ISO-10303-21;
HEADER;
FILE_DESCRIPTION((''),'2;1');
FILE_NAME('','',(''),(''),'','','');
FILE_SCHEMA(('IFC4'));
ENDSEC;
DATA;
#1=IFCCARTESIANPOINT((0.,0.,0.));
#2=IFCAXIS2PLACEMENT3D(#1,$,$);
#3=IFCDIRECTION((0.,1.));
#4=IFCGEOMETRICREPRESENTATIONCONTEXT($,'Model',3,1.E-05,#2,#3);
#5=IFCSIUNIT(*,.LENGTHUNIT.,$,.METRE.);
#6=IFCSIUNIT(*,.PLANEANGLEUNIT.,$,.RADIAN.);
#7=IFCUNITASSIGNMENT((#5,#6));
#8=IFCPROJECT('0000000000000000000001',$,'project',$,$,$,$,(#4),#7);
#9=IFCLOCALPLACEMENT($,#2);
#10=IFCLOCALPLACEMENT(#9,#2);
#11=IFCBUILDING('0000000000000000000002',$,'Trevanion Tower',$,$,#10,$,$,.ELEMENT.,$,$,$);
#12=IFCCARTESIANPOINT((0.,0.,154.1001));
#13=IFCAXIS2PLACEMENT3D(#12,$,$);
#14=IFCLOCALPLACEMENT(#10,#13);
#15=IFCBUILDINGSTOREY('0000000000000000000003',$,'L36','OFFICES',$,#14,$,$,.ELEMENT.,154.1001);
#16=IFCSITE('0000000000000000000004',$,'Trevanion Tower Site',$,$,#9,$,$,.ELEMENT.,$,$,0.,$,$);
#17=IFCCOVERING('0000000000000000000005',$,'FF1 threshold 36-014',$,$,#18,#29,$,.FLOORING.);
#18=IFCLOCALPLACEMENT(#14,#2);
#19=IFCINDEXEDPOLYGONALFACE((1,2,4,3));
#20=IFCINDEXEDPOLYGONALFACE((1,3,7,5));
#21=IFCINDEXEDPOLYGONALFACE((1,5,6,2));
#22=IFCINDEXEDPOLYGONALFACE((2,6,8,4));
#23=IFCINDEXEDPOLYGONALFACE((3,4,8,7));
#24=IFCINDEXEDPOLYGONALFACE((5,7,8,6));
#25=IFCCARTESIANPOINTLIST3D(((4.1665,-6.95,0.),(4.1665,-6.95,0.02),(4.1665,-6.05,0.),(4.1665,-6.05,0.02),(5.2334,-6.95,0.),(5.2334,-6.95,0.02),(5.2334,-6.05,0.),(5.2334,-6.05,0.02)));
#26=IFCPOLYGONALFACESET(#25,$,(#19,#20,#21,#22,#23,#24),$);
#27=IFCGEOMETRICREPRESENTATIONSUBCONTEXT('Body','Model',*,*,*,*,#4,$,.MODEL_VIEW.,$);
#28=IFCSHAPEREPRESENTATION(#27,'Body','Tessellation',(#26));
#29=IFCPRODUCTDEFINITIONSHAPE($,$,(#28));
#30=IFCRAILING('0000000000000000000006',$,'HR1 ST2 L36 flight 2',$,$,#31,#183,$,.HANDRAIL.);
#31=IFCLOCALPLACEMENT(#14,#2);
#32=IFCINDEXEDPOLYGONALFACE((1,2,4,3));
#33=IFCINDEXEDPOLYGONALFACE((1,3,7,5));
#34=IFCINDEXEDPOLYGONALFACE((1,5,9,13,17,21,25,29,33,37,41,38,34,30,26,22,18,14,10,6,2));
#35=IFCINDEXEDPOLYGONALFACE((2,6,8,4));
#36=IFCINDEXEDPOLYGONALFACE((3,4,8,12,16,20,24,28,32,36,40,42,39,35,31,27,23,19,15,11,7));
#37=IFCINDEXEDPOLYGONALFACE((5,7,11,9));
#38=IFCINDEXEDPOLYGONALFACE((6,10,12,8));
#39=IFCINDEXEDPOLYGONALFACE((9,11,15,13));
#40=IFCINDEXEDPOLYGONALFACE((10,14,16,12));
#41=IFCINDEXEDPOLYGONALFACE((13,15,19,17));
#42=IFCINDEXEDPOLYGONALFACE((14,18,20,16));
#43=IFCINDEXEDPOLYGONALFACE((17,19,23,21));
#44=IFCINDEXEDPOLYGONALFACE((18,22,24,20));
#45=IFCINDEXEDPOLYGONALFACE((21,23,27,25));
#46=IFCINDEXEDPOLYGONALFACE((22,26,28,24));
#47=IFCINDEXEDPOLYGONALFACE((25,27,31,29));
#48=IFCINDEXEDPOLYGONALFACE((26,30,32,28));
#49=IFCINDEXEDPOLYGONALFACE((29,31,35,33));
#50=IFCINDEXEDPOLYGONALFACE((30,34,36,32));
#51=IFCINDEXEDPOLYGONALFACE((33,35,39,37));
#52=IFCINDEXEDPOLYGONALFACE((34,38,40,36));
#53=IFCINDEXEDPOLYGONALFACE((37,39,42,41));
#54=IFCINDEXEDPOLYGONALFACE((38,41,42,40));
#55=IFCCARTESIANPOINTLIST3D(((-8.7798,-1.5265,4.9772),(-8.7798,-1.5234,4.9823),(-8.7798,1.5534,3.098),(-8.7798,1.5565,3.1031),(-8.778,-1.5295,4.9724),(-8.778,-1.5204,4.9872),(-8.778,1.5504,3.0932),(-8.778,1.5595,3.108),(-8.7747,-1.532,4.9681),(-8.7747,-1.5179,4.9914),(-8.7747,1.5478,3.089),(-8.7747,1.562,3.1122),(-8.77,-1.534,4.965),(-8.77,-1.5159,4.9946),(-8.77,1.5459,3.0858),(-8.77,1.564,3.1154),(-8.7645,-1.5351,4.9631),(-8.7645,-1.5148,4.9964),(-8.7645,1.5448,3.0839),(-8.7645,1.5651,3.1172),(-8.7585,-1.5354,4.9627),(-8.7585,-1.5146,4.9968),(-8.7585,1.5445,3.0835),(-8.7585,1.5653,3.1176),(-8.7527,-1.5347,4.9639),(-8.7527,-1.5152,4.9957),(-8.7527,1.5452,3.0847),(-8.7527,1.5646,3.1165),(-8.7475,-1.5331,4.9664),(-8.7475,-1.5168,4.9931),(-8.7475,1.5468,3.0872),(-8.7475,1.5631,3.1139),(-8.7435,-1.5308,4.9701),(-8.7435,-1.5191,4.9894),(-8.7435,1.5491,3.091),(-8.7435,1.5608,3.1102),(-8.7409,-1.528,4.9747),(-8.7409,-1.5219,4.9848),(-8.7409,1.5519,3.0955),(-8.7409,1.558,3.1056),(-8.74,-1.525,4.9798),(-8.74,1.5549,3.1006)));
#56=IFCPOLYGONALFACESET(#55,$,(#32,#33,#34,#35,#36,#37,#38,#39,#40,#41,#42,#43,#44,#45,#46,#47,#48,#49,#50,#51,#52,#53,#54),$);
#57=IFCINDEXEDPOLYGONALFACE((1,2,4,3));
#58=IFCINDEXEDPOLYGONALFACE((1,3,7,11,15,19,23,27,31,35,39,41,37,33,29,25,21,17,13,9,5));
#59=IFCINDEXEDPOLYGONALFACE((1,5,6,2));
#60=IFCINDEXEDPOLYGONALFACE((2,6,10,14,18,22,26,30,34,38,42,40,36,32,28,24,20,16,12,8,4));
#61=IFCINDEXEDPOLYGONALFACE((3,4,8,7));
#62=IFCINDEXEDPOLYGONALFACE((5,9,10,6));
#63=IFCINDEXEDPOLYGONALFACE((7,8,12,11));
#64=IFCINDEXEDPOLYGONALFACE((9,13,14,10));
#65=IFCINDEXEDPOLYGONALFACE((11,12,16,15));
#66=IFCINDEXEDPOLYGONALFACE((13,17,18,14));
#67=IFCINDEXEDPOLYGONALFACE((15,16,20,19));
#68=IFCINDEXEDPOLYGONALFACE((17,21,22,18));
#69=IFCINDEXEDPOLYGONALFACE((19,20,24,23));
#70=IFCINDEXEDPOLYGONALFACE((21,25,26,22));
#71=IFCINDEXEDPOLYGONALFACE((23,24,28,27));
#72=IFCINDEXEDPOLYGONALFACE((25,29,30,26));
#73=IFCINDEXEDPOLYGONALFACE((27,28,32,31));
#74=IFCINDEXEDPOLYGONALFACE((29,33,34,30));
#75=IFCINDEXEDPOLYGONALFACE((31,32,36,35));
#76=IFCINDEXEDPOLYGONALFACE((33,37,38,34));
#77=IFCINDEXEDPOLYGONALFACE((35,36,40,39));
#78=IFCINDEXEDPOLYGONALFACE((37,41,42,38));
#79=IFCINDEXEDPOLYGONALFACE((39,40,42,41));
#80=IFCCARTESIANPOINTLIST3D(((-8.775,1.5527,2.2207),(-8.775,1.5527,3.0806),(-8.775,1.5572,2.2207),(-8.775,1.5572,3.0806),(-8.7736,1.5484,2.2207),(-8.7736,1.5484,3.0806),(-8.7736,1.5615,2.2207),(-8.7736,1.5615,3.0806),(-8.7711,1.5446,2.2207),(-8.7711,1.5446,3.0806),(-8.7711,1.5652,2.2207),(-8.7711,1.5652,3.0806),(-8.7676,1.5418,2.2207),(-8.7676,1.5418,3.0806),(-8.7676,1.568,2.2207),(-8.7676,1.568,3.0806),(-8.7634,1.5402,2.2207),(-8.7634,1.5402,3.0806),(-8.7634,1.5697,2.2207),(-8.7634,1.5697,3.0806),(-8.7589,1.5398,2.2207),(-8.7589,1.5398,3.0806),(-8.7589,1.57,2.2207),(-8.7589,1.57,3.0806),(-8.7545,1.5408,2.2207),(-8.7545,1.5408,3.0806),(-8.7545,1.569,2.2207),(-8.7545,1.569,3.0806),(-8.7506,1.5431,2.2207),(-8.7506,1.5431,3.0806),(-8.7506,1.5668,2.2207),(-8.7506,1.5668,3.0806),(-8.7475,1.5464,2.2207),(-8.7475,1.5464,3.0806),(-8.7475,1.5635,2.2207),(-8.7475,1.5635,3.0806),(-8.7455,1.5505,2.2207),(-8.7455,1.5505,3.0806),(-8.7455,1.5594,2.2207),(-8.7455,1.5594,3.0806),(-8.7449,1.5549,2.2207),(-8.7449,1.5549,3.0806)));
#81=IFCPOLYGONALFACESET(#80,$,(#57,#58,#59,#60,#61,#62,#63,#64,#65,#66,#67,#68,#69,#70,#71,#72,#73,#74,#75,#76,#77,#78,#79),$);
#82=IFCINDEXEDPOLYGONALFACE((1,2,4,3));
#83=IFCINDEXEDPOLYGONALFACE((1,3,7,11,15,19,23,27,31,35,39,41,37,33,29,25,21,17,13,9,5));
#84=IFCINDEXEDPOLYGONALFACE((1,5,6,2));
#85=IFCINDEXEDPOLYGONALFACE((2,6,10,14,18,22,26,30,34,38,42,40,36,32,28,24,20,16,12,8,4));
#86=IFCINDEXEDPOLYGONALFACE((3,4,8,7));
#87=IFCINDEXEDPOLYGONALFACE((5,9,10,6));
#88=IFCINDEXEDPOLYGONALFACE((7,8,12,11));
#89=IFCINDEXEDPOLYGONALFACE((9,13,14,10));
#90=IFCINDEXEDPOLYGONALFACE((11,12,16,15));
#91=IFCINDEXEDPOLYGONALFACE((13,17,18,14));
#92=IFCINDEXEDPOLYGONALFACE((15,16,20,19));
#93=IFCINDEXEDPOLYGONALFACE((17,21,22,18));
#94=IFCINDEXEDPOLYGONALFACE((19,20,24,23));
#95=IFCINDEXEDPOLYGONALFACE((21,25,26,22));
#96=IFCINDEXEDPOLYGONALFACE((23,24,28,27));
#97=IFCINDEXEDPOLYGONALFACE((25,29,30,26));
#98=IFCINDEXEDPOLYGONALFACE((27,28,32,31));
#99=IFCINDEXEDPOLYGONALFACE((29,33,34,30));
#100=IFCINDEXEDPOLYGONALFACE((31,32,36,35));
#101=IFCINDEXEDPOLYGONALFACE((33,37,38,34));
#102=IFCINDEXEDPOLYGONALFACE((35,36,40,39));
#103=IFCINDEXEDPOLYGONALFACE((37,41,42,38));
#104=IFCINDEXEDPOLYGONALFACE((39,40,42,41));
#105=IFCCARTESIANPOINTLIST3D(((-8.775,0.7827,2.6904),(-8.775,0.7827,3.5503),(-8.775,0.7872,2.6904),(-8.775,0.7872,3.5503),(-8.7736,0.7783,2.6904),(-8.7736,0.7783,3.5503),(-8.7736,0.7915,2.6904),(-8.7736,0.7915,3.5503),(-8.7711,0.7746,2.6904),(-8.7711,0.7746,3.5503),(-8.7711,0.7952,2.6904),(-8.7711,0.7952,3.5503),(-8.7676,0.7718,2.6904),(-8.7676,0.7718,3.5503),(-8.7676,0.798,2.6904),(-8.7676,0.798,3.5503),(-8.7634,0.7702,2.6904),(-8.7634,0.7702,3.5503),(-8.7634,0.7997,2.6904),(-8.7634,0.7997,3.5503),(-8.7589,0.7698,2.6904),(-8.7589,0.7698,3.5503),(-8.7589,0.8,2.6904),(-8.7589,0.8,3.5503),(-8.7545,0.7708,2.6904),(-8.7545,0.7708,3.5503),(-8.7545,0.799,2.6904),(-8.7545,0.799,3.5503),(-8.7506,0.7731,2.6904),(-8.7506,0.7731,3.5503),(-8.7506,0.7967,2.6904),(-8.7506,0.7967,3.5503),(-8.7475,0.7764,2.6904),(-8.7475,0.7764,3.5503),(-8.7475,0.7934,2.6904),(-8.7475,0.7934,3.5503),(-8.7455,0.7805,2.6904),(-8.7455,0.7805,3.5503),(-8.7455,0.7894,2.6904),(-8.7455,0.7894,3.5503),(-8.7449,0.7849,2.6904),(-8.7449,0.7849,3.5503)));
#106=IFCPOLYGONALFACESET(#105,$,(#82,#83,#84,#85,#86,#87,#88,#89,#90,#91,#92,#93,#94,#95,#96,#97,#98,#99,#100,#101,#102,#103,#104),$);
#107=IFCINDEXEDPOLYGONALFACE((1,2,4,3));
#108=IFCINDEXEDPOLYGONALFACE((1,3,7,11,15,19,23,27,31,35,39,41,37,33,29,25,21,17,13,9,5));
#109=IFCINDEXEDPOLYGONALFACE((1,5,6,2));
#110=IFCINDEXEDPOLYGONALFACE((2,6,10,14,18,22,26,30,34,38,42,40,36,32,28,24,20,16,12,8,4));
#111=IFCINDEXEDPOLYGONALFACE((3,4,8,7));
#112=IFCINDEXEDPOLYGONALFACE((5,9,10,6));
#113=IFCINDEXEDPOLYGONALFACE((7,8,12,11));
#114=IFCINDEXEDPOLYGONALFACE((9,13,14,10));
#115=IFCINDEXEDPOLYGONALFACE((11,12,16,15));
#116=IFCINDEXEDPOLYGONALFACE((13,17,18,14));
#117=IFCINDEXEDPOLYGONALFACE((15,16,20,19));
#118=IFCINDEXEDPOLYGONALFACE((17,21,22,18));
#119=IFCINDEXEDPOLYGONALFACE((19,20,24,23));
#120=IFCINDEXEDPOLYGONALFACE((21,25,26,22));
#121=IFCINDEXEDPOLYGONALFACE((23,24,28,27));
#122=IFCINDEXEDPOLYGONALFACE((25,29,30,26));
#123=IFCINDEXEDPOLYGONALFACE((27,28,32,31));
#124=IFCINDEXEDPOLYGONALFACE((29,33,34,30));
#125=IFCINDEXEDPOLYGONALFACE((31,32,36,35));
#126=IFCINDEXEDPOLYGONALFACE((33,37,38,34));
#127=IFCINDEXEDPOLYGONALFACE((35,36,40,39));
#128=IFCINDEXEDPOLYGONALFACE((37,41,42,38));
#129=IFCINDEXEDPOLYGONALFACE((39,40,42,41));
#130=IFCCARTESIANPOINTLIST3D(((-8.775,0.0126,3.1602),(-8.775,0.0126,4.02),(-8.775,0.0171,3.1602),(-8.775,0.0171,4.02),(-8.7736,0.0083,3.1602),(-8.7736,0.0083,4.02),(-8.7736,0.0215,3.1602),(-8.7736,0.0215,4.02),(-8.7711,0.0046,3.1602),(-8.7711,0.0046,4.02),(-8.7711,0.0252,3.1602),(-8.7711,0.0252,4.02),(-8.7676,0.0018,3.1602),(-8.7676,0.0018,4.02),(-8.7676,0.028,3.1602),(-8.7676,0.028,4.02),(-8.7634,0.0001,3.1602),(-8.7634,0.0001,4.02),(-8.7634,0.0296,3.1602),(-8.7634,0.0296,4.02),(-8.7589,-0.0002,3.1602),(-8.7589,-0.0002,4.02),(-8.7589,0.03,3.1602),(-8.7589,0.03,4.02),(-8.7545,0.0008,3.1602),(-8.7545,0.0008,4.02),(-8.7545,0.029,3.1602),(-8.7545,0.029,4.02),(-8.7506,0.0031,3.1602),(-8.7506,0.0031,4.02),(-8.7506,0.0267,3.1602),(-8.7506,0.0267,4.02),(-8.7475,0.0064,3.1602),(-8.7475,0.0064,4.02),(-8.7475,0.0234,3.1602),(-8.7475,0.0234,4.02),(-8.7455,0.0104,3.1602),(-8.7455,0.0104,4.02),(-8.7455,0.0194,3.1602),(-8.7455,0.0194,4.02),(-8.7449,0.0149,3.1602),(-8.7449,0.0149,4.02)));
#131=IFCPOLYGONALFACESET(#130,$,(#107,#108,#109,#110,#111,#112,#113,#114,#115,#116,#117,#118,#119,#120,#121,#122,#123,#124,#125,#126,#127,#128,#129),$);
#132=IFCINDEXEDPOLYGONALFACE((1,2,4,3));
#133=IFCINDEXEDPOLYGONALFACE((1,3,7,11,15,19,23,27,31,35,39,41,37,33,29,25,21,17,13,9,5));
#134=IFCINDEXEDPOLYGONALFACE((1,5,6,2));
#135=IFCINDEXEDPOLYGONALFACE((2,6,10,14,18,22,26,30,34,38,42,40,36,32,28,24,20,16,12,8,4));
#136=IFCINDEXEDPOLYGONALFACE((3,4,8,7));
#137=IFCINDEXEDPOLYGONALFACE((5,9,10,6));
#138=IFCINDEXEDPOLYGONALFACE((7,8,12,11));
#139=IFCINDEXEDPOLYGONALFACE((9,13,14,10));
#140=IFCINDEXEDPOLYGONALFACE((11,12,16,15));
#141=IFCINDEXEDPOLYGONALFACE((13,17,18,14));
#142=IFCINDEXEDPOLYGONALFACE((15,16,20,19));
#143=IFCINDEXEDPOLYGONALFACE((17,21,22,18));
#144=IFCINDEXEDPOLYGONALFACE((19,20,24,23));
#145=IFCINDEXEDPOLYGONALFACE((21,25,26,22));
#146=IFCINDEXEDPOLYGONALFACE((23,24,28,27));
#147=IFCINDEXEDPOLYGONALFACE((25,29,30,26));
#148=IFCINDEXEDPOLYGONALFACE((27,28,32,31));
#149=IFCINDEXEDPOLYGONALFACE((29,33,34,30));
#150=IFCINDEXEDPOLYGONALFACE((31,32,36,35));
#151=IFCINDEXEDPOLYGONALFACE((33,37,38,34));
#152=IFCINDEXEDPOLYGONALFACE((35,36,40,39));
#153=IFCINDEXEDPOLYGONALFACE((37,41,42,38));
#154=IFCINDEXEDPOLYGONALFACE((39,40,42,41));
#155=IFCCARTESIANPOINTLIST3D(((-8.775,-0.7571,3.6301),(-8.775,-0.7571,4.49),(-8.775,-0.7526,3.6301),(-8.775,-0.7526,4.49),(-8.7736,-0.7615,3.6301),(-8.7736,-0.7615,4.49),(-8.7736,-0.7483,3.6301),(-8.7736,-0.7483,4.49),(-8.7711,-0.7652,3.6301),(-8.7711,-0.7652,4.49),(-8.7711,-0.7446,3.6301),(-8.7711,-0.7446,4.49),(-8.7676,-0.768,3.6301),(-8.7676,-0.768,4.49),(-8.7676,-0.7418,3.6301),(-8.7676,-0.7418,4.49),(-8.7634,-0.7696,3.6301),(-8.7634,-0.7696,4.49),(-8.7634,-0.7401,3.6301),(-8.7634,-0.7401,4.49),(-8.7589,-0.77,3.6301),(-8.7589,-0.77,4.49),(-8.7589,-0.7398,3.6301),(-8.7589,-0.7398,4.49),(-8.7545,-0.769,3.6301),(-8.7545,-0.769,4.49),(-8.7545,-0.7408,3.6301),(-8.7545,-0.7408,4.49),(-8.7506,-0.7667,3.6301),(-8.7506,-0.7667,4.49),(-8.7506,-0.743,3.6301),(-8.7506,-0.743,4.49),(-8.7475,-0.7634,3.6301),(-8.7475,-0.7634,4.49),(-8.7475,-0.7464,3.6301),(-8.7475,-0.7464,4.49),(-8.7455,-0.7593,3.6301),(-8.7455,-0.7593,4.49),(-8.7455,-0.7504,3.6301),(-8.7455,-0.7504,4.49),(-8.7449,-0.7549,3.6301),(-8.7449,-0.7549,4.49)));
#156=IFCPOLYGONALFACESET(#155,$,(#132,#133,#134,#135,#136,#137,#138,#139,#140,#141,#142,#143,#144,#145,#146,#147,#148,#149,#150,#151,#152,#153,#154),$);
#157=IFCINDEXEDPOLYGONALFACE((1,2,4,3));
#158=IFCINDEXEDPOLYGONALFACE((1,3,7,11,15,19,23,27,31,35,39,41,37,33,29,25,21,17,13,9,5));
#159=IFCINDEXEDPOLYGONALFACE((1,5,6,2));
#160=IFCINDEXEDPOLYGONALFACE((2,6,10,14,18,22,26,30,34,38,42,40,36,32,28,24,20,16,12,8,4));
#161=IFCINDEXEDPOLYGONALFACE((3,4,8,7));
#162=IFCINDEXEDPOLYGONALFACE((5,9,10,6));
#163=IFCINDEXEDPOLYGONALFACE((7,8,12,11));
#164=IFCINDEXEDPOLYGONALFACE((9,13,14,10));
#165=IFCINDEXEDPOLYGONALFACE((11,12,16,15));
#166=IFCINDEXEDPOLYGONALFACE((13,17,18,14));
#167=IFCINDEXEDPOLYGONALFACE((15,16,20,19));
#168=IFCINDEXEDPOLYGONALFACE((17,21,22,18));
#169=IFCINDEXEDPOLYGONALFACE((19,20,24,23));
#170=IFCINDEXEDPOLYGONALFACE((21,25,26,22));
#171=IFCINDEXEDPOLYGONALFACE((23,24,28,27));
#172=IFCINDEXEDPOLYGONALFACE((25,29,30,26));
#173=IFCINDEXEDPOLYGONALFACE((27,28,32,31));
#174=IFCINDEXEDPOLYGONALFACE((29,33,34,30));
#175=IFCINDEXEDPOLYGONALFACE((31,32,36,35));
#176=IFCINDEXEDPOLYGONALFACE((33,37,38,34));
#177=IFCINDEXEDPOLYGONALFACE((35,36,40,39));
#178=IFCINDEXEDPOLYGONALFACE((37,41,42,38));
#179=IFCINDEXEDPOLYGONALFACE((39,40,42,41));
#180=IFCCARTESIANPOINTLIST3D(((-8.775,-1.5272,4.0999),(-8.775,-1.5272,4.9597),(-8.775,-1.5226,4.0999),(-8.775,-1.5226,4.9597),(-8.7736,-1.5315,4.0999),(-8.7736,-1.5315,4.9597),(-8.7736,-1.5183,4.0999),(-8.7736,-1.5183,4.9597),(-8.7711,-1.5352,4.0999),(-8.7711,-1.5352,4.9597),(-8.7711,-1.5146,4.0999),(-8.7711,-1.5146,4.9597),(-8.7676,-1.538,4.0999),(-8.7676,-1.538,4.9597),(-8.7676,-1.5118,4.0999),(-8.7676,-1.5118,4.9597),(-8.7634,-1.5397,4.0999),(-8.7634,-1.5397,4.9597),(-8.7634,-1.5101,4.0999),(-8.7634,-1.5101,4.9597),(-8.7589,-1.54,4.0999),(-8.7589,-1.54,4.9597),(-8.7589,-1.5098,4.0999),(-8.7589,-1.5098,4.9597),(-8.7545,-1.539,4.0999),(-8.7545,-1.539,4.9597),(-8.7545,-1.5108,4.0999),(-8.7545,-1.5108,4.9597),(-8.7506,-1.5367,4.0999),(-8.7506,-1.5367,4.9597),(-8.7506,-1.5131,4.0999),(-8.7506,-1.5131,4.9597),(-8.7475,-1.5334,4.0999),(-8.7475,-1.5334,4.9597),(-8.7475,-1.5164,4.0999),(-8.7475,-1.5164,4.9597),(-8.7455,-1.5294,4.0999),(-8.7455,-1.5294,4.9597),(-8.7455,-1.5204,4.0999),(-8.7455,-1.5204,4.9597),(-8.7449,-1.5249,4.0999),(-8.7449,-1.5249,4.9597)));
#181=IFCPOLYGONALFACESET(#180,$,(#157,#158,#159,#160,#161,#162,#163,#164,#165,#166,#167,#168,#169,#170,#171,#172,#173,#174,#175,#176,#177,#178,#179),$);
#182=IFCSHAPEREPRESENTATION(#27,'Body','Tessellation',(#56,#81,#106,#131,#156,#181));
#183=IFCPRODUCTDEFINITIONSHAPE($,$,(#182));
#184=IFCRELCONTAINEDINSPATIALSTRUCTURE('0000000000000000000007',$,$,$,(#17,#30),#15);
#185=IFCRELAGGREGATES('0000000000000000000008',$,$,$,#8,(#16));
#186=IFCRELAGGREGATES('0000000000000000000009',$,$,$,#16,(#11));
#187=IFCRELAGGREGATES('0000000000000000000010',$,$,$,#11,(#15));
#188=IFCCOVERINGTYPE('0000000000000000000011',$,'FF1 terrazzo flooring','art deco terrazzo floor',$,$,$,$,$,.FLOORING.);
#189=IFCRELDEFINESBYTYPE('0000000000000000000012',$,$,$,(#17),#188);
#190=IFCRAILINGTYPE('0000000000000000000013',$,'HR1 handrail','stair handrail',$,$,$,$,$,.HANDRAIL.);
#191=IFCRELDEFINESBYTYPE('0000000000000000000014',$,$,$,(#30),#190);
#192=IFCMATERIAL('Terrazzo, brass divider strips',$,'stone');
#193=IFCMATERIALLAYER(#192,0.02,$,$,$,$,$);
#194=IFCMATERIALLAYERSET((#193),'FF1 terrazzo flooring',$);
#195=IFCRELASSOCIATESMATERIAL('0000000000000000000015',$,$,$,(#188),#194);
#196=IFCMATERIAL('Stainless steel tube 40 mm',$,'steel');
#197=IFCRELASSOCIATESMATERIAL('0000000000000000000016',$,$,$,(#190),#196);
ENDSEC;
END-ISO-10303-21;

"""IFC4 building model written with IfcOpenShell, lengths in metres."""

from ifc_helpers import new_model, si_unit, direction, frame, origin, origin_2d, place, context, subcontext, project, spatial, polyline, circle, outline, extrude, material, layer, layer_set, type_object, element, save


model = new_model("IFC4")

# Units and contexts
model_context = context("Model", 3, precision=1e-05, world=origin(), true_north=direction((0.0, 1.0)))
body_context = subcontext(model_context, "Body", "Model", "MODEL_VIEW")
ifc_project = project(units=[si_unit("LENGTHUNIT", "METRE"), si_unit("PLANEANGLEUNIT", "RADIAN")], contexts=[model_context])

# Site, building, storey
site_placement = place(None, origin())
site = spatial("IfcSite", under=ifc_project, at=site_placement, Name="Trevanion Tower Site", CompositionType="ELEMENT", RefElevation=0.0)
building_placement = place(site_placement, origin())
building = spatial("IfcBuilding", under=site, at=building_placement, Name="Trevanion Tower", CompositionType="ELEMENT")
storey_placement = place(building_placement, frame((0.0, 0.0, 154.1001)))
storey = spatial("IfcBuildingStorey", under=building, at=storey_placement, Name="L36", Description="OFFICES", CompositionType="ELEMENT", Elevation=154.1001)

# Covering
ifc_material_1 = material(Name="Terrazzo, brass divider strips", Category="stone")
ifc_layer_1 = layer(ifc_material_1, 0.02)
ifc_layer_set_1 = layer_set([ifc_layer_1], Name="FF1 terrazzo flooring")
covering_type = type_object("IfcCoveringType", Name="FF1 terrazzo flooring", Description="art deco terrazzo floor", PredefinedType="FLOORING", material=ifc_layer_set_1)
covering_1_placement = place(storey_placement, origin())
element("IfcCovering", 1, at=covering_1_placement, inside=storey, type_object=covering_type, Name="FF1 threshold 36-014", PredefinedType="FLOORING", context=body_context, shape_type="SweptSolid", body=[
    extrude(outline(polyline([(4.1665, -6.95), (5.2334, -6.95), (5.2334, -6.05), (4.1665, -6.05), (4.1665, -6.95)])), origin(), (0.0, 0.0, 1.0), 0.02),
])

# Railing
ifc_material_2 = material(Name="Stainless steel tube 40 mm", Category="steel")
railing_type = type_object("IfcRailingType", Name="HR1 handrail", Description="stair handrail", PredefinedType="HANDRAIL", material=ifc_material_2)
for number, where, name in (
    (2, (-8.76, 1.5549, 2.2207), "HR1 ST2 L36 flight 2"),
):
    element("IfcRailing", number, at=place(storey_placement, frame(where)), inside=storey, type_object=railing_type, Name=name, PredefinedType="HANDRAIL", context=body_context, shape_type="SweptSolid", body=[
        extrude(circle(Radius=0.02, at=origin_2d()), frame((0.0, 0.0, 0.8799), z_axis=(0.0, -0.853648, 0.52085), x_axis=(1.0, 0.0, 0.0)), (0.0, 0.0, 1.0), 3.6079),
        extrude(circle(Radius=0.0151, at=origin_2d()), origin(), (0.0, 0.0, 1.0), 0.8599),
        extrude(circle(Radius=0.0151, at=origin_2d()), frame((0.0, -0.77, 0.4697)), (0.0, 0.0, 1.0), 0.8599),
        extrude(circle(Radius=0.0151, at=origin_2d()), frame((0.0, -1.54, 0.9395)), (0.0, 0.0, 1.0), 0.8599),
        extrude(circle(Radius=0.0151, at=origin_2d()), frame((0.0, -2.3098, 1.4094)), (0.0, 0.0, 1.0), 0.8599),
        extrude(circle(Radius=0.0151, at=origin_2d()), frame((0.0, -3.0798, 1.8792)), (0.0, 0.0, 1.0), 0.8599),
    ])

save(model, "model.ifc")
